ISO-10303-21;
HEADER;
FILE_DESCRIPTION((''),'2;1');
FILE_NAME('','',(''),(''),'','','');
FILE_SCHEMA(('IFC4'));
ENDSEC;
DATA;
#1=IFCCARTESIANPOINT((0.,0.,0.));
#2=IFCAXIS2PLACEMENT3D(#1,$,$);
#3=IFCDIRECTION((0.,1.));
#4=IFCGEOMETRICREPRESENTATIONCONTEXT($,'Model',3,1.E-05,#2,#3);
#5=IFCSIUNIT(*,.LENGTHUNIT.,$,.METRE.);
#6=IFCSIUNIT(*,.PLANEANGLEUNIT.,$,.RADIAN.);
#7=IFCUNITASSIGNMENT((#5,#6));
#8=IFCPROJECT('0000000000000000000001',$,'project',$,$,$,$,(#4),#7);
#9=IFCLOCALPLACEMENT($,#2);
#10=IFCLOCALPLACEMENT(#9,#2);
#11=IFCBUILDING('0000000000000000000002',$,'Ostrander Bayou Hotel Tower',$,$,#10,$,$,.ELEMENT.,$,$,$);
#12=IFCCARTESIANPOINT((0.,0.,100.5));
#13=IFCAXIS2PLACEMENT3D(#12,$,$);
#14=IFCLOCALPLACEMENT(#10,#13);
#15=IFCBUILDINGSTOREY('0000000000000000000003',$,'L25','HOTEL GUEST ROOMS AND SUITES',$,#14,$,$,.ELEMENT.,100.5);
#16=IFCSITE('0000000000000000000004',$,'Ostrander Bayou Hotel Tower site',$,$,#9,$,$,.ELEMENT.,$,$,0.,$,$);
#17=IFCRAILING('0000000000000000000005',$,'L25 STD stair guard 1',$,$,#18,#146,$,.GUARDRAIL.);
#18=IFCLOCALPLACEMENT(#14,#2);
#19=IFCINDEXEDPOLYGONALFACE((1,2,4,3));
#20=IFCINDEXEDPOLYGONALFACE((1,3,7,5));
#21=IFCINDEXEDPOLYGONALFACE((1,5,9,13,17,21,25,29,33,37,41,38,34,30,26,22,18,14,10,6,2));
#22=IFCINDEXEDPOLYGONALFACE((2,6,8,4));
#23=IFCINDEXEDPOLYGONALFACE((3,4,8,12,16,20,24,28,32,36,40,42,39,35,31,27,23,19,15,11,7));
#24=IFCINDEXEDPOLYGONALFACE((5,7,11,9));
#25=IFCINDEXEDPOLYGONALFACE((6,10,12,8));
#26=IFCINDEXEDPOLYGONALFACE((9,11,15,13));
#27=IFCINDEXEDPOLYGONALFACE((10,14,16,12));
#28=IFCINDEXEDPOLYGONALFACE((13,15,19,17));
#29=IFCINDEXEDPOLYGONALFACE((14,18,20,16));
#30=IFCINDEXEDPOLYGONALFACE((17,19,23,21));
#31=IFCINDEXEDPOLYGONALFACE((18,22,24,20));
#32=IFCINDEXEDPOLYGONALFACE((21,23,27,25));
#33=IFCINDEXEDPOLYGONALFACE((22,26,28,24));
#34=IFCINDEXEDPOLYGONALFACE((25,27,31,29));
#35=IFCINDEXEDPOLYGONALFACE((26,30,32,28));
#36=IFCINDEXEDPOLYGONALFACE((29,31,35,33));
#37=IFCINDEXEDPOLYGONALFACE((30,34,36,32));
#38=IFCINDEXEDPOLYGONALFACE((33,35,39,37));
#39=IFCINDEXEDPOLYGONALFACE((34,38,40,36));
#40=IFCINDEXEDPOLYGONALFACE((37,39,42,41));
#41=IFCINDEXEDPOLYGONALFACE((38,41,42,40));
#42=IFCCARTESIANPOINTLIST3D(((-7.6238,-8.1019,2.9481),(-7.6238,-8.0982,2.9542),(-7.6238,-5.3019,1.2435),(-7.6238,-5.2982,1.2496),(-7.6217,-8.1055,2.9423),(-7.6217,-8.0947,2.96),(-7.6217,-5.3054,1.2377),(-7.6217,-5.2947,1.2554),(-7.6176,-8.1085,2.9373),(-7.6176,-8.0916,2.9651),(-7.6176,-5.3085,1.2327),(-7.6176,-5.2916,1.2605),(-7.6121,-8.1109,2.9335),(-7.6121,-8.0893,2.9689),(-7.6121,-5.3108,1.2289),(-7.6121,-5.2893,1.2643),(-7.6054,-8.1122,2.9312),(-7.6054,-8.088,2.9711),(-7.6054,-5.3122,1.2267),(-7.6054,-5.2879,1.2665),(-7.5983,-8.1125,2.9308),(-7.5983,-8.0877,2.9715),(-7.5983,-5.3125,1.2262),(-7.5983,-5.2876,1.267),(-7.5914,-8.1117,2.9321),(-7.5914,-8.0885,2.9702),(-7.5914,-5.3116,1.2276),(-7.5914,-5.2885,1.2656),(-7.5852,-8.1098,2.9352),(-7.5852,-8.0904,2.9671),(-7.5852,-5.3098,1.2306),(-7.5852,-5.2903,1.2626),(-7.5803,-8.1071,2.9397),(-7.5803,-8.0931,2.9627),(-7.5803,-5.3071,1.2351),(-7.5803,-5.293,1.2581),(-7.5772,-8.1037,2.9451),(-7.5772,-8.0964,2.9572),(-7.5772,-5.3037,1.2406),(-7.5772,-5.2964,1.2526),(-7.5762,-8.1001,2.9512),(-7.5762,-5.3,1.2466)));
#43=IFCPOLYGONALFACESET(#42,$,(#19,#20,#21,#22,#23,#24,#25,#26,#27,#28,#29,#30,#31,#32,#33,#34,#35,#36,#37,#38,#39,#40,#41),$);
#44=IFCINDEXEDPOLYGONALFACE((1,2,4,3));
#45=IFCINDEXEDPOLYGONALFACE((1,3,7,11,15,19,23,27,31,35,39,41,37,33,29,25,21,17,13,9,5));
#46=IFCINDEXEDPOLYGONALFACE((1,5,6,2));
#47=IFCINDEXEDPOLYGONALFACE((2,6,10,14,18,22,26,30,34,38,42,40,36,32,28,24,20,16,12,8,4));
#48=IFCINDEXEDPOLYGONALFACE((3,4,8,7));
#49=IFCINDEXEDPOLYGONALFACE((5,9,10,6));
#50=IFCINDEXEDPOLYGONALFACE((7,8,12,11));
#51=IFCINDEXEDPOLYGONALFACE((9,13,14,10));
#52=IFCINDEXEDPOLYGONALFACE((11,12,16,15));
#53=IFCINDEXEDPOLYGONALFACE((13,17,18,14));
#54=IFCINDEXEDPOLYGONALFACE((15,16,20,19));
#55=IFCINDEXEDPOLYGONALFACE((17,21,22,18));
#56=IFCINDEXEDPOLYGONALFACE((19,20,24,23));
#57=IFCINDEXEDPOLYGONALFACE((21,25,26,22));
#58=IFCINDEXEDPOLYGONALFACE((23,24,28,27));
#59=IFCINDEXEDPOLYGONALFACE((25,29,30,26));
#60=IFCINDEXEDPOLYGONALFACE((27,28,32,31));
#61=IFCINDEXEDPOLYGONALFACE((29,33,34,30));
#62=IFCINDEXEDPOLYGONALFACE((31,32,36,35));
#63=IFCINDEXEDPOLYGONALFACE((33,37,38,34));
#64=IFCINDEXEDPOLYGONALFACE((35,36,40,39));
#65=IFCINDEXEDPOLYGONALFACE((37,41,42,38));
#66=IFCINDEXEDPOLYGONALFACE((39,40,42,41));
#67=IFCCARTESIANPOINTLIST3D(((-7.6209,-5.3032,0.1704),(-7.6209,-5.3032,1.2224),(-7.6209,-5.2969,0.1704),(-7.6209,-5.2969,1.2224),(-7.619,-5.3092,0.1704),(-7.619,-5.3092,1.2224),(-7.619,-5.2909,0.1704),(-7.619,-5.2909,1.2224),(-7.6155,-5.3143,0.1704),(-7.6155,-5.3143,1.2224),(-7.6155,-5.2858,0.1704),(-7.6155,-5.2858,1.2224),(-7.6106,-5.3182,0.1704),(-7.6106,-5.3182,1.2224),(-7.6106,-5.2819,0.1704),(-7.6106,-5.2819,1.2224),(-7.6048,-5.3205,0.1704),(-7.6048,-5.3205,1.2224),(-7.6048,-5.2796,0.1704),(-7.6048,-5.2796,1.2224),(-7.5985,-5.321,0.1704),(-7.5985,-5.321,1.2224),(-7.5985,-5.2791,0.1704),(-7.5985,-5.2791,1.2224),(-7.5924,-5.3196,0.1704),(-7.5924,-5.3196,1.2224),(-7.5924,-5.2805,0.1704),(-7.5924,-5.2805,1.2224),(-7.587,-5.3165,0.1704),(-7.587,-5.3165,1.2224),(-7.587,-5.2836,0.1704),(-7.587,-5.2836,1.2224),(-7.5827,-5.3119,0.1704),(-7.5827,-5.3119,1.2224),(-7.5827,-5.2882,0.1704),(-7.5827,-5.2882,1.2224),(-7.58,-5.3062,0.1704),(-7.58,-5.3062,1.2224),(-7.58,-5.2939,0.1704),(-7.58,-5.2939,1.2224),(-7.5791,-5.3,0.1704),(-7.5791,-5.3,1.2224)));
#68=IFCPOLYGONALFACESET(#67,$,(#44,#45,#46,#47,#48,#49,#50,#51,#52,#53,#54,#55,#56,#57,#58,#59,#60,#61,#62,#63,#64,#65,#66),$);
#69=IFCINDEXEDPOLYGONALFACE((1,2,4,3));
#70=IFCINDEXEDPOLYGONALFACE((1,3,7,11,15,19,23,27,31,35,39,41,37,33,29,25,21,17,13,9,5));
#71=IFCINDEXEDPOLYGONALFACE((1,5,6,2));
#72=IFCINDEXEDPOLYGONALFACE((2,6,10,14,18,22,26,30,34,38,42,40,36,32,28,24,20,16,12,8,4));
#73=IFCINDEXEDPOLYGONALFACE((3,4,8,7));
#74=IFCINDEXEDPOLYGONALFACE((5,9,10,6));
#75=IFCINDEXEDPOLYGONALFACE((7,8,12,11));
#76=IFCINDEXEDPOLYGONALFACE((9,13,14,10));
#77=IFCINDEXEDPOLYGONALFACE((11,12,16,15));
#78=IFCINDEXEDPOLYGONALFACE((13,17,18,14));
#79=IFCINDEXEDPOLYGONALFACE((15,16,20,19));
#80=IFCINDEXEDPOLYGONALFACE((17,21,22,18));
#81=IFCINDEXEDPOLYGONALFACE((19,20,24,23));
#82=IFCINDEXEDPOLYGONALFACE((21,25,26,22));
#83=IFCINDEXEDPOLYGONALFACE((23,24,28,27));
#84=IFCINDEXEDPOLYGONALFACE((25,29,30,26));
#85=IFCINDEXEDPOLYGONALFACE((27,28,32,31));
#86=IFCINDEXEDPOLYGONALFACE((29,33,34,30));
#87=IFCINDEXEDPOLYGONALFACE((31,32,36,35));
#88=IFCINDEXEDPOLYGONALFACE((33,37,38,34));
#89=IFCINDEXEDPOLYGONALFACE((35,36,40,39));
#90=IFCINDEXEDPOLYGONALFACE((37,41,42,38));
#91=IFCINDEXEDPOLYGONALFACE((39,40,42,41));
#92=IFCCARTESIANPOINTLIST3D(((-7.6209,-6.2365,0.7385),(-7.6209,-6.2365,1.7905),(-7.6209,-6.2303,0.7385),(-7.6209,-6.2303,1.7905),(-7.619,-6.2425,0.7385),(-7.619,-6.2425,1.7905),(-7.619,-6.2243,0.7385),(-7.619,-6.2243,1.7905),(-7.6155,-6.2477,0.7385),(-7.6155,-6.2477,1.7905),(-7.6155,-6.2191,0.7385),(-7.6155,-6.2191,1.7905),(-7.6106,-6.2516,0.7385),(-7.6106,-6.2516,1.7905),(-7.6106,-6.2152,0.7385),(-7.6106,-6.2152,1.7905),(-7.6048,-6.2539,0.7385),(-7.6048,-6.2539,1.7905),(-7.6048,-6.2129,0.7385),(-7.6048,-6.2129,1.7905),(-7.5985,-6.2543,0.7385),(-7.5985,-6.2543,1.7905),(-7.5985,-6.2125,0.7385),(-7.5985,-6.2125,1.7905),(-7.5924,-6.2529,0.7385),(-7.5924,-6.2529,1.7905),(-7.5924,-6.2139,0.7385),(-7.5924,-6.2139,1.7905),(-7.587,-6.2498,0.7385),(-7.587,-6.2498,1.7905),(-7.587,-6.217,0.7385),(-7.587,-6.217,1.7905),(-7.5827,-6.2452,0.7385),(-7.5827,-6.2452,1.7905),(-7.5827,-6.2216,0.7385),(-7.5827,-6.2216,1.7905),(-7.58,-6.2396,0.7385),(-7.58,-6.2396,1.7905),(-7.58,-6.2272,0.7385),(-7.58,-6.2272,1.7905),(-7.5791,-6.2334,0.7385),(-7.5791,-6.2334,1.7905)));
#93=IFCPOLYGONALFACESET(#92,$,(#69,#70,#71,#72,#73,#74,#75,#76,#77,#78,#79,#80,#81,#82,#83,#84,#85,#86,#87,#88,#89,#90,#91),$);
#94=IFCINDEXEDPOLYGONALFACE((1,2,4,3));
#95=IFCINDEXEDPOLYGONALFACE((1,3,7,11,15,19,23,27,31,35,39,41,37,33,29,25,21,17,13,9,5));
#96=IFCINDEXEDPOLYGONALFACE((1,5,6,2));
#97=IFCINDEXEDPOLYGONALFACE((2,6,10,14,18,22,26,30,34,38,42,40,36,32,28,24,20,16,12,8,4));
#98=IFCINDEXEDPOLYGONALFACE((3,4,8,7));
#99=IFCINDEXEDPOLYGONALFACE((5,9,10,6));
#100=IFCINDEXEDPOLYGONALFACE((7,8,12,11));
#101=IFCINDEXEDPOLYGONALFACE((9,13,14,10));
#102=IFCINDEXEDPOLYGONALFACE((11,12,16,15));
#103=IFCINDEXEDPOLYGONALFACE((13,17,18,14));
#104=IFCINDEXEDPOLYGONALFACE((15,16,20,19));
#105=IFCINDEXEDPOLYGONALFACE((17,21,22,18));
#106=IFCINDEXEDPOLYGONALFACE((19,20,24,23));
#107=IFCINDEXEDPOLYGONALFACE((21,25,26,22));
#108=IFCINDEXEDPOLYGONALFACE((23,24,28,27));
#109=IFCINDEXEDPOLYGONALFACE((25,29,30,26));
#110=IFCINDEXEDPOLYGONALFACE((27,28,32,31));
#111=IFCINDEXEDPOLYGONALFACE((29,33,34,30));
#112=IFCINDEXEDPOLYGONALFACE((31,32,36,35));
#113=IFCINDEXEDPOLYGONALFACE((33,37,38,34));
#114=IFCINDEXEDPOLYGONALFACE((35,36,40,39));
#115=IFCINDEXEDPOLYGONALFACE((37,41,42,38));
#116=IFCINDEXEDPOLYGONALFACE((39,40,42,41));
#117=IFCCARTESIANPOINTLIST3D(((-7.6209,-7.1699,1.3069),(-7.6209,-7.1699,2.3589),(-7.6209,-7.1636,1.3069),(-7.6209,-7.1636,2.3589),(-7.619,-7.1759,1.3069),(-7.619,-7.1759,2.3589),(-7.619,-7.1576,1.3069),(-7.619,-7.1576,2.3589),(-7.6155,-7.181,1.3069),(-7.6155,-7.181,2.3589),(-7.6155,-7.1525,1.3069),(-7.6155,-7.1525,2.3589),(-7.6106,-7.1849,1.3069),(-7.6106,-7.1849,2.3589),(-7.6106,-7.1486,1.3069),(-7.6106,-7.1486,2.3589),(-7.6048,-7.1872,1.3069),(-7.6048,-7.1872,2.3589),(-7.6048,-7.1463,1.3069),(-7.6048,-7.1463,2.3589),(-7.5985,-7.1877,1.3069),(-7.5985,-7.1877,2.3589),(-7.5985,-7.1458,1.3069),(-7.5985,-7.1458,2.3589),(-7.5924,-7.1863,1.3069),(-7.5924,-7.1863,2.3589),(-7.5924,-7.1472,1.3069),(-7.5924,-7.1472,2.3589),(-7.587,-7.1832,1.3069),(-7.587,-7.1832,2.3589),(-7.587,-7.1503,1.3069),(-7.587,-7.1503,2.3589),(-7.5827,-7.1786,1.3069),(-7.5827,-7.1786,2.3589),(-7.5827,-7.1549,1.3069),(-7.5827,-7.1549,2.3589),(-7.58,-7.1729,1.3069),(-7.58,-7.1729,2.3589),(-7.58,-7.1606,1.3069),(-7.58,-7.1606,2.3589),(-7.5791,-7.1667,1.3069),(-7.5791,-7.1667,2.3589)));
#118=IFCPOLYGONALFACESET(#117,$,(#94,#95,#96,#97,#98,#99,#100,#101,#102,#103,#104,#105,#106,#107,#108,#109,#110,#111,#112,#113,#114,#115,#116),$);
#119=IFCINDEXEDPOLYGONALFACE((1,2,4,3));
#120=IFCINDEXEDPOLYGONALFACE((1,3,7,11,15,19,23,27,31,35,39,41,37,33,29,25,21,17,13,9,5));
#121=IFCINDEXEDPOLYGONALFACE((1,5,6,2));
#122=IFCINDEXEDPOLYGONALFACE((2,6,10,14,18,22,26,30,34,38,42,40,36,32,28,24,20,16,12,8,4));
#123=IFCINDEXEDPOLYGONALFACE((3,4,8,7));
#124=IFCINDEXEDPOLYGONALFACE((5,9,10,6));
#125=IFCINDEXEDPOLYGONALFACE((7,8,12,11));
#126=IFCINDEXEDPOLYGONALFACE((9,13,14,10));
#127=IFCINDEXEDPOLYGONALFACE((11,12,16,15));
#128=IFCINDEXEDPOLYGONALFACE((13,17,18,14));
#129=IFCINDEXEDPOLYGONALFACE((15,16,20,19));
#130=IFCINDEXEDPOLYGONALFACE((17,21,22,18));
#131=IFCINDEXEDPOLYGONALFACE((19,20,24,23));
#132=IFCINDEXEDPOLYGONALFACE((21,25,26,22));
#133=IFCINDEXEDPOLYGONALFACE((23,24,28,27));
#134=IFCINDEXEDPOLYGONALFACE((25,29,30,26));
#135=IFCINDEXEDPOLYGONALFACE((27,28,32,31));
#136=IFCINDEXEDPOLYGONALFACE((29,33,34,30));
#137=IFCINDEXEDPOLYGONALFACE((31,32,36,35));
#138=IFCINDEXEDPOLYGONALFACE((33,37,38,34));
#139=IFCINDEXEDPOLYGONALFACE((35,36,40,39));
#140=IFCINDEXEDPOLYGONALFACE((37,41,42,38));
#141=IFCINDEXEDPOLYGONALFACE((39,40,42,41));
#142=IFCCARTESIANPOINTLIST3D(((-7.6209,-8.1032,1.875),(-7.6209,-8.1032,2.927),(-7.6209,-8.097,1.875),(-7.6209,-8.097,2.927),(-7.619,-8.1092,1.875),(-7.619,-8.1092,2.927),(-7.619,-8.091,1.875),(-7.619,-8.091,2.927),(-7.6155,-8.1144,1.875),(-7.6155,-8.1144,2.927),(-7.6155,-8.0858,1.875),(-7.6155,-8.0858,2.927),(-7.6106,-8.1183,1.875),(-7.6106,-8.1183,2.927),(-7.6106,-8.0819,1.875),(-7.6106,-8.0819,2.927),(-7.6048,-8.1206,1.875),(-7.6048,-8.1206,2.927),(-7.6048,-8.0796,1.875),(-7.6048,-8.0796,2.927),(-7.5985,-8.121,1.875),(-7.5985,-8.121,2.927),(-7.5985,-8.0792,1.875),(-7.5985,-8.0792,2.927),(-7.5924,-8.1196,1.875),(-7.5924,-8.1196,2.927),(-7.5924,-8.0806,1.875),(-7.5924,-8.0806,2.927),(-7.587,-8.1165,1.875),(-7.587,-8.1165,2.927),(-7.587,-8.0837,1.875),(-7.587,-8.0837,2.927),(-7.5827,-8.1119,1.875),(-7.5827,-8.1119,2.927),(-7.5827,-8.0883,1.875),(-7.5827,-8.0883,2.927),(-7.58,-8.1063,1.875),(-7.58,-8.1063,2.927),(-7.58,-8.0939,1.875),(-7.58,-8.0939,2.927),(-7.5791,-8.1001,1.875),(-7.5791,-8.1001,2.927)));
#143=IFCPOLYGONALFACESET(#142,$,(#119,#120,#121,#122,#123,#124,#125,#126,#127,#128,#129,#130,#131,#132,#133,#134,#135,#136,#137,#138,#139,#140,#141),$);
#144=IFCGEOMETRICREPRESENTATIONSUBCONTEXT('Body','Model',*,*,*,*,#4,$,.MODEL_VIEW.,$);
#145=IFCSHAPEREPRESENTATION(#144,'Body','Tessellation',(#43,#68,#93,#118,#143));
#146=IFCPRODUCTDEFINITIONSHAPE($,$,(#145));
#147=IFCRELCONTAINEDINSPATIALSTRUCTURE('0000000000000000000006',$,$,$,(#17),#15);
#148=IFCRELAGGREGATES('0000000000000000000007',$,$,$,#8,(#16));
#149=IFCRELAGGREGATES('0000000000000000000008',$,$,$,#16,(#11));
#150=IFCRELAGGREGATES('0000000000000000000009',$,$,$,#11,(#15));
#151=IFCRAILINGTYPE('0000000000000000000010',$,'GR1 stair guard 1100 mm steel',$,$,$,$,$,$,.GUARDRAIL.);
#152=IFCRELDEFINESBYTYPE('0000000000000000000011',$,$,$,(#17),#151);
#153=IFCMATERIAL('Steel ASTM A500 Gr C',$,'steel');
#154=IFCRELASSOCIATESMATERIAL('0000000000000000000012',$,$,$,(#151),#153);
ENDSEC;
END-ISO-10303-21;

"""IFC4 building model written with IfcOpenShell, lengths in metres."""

from ifc_helpers import new_model, si_unit, direction, frame, origin, origin_2d, place, context, subcontext, project, spatial, circle, extrude, material, type_object, element, save


model = new_model("IFC4")

# Units and contexts
model_context = context("Model", 3, precision=1e-05, world=origin(), true_north=direction((0.0, 1.0)))
body_context = subcontext(model_context, "Body", "Model", "MODEL_VIEW")
ifc_project = project(units=[si_unit("LENGTHUNIT", "METRE"), si_unit("PLANEANGLEUNIT", "RADIAN")], contexts=[model_context])

# Site, building, storey
site_placement = place(None, origin())
site = spatial("IfcSite", under=ifc_project, at=site_placement, Name="Ostrander Bayou Hotel Tower site", CompositionType="ELEMENT", RefElevation=0.0)
building_placement = place(site_placement, origin())
building = spatial("IfcBuilding", under=site, at=building_placement, Name="Ostrander Bayou Hotel Tower", CompositionType="ELEMENT")
storey_placement = place(building_placement, frame((0.0, 0.0, 100.5)))
storey = spatial("IfcBuildingStorey", under=building, at=storey_placement, Name="L25", Description="HOTEL GUEST ROOMS AND SUITES", CompositionType="ELEMENT", Elevation=100.5)

# Railing
ifc_material_1 = material(Name="Steel ASTM A500 Gr C", Category="steel")
railing_type_1 = type_object("IfcRailingType", Name="GR1 stair guard 1100 mm steel", PredefinedType="GUARDRAIL", material=ifc_material_1)
railing_1_placement = place(storey_placement, frame((-7.6001, -5.3, 0.1704)))
element("IfcRailing", 1, at=railing_1_placement, inside=storey, type_object=railing_type_1, Name="L25 STD stair guard 1", PredefinedType="GUARDRAIL", context=body_context, shape_type="SweptSolid", body=[
    extrude(circle(Radius=0.0239, at=origin_2d()), frame((0.0, 0.0, 1.0762), z_axis=(0.0, -0.85417, 0.519994), x_axis=(1.0, 0.0, 0.0)), (0.0, 0.0, 1.0), 3.2781),
    extrude(circle(Radius=0.021, at=origin_2d()), origin(), (0.0, 0.0, 1.0), 1.052),
    extrude(circle(Radius=0.021, at=origin_2d()), frame((0.0, -0.9333, 0.5681)), (0.0, 0.0, 1.0), 1.052),
    extrude(circle(Radius=0.021, at=origin_2d()), frame((0.0, -1.8667, 1.1365)), (0.0, 0.0, 1.0), 1.052),
    extrude(circle(Radius=0.021, at=origin_2d()), frame((0.0, -2.8, 1.7046)), (0.0, 0.0, 1.0), 1.052),
])

save(model, "model.ifc")
